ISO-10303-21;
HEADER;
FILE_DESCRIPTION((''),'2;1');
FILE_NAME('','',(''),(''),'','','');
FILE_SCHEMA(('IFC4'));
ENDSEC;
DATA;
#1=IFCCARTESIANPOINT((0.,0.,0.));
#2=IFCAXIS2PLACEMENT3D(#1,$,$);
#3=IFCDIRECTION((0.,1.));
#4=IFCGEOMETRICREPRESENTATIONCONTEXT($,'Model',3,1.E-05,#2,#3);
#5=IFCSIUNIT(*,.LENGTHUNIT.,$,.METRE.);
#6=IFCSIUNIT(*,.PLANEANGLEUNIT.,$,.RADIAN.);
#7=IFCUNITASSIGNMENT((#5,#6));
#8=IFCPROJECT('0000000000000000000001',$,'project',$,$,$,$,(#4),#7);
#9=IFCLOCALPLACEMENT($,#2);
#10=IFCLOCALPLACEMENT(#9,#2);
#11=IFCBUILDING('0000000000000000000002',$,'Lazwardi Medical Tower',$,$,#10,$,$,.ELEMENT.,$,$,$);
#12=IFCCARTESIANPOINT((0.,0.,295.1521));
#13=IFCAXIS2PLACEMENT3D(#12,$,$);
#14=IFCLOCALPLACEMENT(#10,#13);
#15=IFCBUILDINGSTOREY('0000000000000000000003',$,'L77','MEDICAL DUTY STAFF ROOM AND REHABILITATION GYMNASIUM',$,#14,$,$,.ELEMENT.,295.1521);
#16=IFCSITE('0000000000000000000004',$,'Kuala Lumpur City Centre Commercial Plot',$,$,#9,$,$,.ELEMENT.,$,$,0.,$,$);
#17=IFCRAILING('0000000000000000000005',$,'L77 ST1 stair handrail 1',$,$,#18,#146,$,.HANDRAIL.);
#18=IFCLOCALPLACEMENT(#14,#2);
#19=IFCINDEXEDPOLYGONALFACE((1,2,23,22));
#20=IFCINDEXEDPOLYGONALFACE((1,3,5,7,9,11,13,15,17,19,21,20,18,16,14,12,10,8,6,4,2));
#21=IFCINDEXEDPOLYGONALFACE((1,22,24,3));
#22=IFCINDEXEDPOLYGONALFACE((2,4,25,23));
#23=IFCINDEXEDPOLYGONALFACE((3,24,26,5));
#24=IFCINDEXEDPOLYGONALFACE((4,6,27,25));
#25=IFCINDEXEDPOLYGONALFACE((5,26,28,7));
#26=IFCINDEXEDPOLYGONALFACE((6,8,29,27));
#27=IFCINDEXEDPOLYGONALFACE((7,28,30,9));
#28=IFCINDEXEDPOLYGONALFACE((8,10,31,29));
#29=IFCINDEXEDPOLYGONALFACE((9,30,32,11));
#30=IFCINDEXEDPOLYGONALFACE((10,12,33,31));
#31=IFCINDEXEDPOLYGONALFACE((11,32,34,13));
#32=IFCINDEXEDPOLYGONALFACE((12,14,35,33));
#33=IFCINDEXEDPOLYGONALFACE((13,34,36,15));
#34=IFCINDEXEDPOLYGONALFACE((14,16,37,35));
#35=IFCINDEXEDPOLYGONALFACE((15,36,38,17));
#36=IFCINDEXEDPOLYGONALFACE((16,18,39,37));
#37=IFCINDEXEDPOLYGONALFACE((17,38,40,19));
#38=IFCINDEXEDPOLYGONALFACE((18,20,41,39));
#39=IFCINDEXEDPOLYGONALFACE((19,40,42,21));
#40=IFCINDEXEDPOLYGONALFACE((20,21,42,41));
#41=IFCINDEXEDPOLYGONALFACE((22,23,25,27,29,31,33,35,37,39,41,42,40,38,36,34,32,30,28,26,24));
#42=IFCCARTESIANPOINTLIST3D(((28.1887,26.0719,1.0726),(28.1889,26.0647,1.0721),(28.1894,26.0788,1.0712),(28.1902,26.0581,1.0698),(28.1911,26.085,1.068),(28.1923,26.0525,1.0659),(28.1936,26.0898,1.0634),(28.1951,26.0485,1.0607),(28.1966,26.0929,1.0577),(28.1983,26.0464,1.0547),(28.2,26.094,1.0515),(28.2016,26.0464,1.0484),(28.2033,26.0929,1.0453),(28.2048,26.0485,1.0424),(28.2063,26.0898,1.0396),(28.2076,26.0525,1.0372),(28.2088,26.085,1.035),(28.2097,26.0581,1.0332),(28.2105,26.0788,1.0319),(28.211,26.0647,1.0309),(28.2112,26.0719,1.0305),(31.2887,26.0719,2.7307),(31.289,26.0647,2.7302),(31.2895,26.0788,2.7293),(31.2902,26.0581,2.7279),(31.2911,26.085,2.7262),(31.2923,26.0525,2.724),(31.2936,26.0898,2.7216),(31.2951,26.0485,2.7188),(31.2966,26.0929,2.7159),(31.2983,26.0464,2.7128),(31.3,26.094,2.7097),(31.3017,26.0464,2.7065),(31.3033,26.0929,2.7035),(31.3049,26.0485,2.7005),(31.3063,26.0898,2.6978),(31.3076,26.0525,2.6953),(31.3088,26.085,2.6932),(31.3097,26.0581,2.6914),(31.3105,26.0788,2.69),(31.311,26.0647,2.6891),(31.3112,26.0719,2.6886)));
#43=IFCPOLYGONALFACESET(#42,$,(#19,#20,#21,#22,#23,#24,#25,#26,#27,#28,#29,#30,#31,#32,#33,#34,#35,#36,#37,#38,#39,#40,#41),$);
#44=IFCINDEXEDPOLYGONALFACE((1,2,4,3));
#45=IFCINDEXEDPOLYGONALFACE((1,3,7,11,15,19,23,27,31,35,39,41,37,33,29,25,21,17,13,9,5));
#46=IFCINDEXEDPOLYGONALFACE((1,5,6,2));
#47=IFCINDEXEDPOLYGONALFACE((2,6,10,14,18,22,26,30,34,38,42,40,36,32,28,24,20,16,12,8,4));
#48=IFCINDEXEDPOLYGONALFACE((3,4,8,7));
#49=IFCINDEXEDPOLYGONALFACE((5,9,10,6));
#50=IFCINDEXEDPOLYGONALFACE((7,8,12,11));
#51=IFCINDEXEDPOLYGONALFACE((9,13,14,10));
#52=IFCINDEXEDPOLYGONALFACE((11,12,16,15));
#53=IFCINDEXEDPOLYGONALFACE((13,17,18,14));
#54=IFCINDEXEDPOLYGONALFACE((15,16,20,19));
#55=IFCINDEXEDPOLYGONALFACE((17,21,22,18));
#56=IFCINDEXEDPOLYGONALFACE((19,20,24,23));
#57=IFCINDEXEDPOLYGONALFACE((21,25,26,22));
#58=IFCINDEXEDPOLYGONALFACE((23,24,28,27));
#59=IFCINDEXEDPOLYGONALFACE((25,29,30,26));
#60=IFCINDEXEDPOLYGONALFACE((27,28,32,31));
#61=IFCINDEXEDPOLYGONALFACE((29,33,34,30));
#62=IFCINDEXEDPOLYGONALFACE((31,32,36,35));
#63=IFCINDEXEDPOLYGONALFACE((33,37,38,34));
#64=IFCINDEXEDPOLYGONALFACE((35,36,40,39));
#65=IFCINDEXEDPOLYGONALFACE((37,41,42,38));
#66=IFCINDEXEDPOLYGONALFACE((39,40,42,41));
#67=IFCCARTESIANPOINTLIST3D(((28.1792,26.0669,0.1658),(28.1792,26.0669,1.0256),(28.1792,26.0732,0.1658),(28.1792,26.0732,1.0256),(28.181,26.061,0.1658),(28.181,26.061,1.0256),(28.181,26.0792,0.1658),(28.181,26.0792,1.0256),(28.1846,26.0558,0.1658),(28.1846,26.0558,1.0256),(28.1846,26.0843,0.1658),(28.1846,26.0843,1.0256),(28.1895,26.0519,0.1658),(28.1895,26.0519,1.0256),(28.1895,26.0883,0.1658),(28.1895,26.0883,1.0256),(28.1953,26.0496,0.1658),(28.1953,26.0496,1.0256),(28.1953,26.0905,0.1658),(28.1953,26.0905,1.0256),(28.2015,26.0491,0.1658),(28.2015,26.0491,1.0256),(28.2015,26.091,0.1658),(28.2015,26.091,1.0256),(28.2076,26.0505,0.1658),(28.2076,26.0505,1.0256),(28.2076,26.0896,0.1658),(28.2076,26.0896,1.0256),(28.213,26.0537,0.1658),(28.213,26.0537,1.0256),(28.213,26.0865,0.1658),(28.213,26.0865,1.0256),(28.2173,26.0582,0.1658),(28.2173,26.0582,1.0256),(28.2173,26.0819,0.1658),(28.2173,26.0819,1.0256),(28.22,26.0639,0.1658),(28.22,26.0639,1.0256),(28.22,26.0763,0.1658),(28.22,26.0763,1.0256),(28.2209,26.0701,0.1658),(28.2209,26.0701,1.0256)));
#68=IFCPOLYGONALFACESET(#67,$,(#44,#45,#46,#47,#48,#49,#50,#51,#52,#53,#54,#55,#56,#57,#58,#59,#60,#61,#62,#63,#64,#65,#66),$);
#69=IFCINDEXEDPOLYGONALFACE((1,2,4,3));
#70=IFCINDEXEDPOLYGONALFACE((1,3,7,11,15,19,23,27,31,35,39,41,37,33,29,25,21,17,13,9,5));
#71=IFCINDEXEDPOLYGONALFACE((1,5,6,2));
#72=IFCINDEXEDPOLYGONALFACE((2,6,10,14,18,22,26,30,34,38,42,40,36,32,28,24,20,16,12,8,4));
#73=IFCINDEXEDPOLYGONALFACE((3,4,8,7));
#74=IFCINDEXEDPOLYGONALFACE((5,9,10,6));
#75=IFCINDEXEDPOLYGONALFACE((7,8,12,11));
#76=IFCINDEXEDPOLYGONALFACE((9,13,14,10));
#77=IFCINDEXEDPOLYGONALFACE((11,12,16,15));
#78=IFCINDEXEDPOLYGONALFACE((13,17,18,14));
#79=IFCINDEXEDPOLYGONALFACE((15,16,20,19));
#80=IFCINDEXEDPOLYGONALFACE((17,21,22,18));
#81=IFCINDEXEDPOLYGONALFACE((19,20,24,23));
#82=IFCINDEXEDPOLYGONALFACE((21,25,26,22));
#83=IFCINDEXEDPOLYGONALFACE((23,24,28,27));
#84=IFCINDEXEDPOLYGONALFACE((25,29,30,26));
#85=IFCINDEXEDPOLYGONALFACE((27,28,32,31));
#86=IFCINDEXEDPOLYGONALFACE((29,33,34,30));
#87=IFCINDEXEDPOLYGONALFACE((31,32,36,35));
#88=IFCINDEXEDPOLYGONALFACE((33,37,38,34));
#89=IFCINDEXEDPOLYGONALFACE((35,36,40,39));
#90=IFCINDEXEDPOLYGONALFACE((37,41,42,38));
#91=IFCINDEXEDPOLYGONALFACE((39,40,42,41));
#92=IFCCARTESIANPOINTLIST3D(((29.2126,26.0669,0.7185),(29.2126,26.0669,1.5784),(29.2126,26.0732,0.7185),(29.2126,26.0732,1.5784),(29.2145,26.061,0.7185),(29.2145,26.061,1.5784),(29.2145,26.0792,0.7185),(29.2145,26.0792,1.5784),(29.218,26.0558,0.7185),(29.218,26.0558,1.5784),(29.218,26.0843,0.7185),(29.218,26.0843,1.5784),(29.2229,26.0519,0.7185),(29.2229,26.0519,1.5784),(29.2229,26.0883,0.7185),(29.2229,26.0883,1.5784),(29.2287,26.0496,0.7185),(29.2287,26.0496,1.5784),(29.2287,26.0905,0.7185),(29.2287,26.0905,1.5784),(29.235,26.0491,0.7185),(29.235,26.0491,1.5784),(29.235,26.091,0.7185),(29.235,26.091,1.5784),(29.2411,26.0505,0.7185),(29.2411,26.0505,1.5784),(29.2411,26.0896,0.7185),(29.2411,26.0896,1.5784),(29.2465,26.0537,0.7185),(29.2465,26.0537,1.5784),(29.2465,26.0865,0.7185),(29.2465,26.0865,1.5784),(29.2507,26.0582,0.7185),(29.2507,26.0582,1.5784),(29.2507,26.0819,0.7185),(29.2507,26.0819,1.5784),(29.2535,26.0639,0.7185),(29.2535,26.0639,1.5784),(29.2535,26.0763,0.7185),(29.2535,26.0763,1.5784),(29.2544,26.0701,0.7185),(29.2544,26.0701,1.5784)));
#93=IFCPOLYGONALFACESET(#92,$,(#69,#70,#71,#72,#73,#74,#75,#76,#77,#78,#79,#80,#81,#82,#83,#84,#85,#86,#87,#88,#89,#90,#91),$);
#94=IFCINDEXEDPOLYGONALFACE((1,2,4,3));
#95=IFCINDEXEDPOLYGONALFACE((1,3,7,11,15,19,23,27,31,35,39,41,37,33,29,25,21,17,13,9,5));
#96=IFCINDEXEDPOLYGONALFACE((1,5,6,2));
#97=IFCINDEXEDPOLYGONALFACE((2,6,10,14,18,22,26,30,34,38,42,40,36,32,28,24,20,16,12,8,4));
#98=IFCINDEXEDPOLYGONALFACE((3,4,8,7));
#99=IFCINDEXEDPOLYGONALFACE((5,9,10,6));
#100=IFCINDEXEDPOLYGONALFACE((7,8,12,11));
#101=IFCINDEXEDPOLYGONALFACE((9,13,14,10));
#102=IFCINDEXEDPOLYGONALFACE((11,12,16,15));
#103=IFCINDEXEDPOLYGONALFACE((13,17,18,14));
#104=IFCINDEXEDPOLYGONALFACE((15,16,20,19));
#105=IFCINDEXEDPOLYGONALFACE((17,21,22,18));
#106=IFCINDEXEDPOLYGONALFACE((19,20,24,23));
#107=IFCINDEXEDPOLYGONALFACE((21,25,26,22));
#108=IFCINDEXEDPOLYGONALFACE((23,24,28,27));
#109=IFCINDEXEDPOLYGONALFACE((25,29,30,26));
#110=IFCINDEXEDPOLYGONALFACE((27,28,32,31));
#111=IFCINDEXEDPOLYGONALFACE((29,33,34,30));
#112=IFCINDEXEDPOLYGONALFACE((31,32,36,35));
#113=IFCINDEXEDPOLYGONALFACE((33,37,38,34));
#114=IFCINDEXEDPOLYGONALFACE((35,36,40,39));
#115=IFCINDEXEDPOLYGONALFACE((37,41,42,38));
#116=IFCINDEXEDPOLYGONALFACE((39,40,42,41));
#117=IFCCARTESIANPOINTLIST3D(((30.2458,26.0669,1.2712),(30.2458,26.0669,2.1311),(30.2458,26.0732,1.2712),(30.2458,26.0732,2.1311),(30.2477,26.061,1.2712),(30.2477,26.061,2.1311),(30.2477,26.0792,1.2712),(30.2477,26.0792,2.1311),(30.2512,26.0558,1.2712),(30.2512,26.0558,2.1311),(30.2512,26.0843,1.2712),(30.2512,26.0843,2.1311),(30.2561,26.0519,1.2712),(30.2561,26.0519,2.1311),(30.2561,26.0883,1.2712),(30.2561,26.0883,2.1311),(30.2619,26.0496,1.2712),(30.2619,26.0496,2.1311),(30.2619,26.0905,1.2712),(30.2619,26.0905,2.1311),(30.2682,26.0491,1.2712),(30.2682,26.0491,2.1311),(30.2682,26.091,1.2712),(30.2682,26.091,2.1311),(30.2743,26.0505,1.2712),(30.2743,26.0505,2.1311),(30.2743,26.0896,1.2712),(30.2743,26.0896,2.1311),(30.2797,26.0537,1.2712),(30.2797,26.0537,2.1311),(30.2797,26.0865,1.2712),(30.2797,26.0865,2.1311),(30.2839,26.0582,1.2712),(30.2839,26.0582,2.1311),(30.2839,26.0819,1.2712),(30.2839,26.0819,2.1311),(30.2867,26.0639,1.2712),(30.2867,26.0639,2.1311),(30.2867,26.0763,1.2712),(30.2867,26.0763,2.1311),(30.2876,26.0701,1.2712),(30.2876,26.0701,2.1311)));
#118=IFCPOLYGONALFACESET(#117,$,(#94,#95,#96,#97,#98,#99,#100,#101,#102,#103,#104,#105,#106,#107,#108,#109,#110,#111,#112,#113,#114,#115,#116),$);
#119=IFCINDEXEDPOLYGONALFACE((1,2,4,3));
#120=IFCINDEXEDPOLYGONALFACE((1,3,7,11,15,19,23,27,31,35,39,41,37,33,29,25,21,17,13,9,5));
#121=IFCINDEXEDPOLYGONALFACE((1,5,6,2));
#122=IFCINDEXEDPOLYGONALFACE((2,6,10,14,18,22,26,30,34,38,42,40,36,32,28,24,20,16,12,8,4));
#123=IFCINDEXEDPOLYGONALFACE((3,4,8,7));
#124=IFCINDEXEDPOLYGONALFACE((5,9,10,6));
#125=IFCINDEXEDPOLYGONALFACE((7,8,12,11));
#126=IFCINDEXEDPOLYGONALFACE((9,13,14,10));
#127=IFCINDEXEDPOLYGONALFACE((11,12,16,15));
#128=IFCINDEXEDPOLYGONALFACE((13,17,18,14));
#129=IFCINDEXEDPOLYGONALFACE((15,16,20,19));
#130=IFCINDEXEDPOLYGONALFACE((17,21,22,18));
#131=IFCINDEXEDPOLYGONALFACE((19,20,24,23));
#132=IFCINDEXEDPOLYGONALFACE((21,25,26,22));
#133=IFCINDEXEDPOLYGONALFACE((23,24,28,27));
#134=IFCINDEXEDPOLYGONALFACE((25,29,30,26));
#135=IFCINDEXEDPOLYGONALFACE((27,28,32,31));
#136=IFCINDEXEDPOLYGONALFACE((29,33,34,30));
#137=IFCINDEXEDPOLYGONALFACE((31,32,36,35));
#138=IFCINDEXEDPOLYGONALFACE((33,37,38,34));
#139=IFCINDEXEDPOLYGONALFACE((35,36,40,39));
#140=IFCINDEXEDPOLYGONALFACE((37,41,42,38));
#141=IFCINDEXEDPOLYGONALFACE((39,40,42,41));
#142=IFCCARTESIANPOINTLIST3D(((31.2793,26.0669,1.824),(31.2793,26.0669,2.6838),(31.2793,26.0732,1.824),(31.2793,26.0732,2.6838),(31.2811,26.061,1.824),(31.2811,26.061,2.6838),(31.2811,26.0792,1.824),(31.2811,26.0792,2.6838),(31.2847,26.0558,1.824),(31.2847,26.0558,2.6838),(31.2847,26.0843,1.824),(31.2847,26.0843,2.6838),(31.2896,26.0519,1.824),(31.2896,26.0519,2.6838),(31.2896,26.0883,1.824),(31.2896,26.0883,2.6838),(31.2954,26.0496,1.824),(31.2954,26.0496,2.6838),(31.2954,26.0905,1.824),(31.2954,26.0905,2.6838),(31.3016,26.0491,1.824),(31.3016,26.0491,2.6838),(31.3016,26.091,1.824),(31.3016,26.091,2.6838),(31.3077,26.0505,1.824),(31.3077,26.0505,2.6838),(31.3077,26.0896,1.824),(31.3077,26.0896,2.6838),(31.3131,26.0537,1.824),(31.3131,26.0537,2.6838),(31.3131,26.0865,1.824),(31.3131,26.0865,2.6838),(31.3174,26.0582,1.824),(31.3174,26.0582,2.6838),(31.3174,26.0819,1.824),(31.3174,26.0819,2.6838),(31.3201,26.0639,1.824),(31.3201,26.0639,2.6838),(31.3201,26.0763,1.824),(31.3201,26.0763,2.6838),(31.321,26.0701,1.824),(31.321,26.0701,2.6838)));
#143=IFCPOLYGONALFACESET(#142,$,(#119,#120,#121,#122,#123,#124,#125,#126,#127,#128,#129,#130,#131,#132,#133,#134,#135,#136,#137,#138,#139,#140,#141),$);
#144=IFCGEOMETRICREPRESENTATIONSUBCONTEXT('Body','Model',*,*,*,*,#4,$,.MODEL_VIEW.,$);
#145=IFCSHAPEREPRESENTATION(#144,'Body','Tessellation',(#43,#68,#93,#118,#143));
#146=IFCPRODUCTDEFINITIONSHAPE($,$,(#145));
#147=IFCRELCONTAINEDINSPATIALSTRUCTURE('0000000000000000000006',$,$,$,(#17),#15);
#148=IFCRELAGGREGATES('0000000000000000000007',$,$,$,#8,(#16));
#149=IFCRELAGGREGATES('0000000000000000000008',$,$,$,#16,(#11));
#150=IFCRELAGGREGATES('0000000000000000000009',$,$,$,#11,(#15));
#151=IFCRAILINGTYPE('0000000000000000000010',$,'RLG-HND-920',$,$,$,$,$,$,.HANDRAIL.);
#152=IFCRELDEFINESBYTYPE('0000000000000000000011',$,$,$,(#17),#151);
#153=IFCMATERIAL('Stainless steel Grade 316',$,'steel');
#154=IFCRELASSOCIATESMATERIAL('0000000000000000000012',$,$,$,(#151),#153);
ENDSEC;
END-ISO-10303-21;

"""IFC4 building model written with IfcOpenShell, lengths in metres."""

from ifc_helpers import new_model, si_unit, direction, frame, origin, origin_2d, place, context, subcontext, project, spatial, circle, extrude, material, type_object, element, save


model = new_model("IFC4")

# Units and contexts
model_context = context("Model", 3, precision=1e-05, world=origin(), true_north=direction((0.0, 1.0)))
body_context = subcontext(model_context, "Body", "Model", "MODEL_VIEW")
ifc_project = project(units=[si_unit("LENGTHUNIT", "METRE"), si_unit("PLANEANGLEUNIT", "RADIAN")], contexts=[model_context])

# Site, building, storey
site_placement = place(None, origin())
site = spatial("IfcSite", under=ifc_project, at=site_placement, Name="Kuala Lumpur City Centre Commercial Plot", CompositionType="ELEMENT", RefElevation=0.0)
building_placement = place(site_placement, origin())
building = spatial("IfcBuilding", under=site, at=building_placement, Name="Lazwardi Medical Tower", CompositionType="ELEMENT")
storey_placement = place(building_placement, frame((0.0, 0.0, 295.1521)))
storey = spatial("IfcBuildingStorey", under=building, at=storey_placement, Name="L77", Description="MEDICAL DUTY STAFF ROOM AND REHABILITATION GYMNASIUM", CompositionType="ELEMENT", Elevation=295.1521)

# Railing
ifc_material_1 = material(Name="Stainless steel Grade 316", Category="steel")
railing_type_1 = type_object("IfcRailingType", Name="RLG-HND-920", PredefinedType="HANDRAIL", material=ifc_material_1)
railing_1_placement = place(storey_placement, frame((28.2, 26.0701, 0.1658)))
element("IfcRailing", 1, at=railing_1_placement, inside=storey, type_object=railing_type_1, Name="L77 ST1 stair handrail 1", PredefinedType="HANDRAIL", context=body_context, shape_type="SweptSolid", body=[
    extrude(circle(Radius=0.0239, at=origin_2d()), frame((0.0, 0.0, 0.8857), z_axis=(0.881783, 0.0, 0.471655), x_axis=(0.0, 1.0, 0.0)), (0.0, 0.0, 1.0), 3.5156),
    extrude(circle(Radius=0.021, at=origin_2d()), origin(), (0.0, 0.0, 1.0), 0.8599),
    extrude(circle(Radius=0.021, at=origin_2d()), frame((1.0334, 0.0, 0.5527)), (0.0, 0.0, 1.0), 0.8599),
    extrude(circle(Radius=0.021, at=origin_2d()), frame((2.0667, 0.0, 1.1055)), (0.0, 0.0, 1.0), 0.8599),
    extrude(circle(Radius=0.021, at=origin_2d()), frame((3.1001, 0.0, 1.6582)), (0.0, 0.0, 1.0), 0.8599),
])

save(model, "model.ifc")
